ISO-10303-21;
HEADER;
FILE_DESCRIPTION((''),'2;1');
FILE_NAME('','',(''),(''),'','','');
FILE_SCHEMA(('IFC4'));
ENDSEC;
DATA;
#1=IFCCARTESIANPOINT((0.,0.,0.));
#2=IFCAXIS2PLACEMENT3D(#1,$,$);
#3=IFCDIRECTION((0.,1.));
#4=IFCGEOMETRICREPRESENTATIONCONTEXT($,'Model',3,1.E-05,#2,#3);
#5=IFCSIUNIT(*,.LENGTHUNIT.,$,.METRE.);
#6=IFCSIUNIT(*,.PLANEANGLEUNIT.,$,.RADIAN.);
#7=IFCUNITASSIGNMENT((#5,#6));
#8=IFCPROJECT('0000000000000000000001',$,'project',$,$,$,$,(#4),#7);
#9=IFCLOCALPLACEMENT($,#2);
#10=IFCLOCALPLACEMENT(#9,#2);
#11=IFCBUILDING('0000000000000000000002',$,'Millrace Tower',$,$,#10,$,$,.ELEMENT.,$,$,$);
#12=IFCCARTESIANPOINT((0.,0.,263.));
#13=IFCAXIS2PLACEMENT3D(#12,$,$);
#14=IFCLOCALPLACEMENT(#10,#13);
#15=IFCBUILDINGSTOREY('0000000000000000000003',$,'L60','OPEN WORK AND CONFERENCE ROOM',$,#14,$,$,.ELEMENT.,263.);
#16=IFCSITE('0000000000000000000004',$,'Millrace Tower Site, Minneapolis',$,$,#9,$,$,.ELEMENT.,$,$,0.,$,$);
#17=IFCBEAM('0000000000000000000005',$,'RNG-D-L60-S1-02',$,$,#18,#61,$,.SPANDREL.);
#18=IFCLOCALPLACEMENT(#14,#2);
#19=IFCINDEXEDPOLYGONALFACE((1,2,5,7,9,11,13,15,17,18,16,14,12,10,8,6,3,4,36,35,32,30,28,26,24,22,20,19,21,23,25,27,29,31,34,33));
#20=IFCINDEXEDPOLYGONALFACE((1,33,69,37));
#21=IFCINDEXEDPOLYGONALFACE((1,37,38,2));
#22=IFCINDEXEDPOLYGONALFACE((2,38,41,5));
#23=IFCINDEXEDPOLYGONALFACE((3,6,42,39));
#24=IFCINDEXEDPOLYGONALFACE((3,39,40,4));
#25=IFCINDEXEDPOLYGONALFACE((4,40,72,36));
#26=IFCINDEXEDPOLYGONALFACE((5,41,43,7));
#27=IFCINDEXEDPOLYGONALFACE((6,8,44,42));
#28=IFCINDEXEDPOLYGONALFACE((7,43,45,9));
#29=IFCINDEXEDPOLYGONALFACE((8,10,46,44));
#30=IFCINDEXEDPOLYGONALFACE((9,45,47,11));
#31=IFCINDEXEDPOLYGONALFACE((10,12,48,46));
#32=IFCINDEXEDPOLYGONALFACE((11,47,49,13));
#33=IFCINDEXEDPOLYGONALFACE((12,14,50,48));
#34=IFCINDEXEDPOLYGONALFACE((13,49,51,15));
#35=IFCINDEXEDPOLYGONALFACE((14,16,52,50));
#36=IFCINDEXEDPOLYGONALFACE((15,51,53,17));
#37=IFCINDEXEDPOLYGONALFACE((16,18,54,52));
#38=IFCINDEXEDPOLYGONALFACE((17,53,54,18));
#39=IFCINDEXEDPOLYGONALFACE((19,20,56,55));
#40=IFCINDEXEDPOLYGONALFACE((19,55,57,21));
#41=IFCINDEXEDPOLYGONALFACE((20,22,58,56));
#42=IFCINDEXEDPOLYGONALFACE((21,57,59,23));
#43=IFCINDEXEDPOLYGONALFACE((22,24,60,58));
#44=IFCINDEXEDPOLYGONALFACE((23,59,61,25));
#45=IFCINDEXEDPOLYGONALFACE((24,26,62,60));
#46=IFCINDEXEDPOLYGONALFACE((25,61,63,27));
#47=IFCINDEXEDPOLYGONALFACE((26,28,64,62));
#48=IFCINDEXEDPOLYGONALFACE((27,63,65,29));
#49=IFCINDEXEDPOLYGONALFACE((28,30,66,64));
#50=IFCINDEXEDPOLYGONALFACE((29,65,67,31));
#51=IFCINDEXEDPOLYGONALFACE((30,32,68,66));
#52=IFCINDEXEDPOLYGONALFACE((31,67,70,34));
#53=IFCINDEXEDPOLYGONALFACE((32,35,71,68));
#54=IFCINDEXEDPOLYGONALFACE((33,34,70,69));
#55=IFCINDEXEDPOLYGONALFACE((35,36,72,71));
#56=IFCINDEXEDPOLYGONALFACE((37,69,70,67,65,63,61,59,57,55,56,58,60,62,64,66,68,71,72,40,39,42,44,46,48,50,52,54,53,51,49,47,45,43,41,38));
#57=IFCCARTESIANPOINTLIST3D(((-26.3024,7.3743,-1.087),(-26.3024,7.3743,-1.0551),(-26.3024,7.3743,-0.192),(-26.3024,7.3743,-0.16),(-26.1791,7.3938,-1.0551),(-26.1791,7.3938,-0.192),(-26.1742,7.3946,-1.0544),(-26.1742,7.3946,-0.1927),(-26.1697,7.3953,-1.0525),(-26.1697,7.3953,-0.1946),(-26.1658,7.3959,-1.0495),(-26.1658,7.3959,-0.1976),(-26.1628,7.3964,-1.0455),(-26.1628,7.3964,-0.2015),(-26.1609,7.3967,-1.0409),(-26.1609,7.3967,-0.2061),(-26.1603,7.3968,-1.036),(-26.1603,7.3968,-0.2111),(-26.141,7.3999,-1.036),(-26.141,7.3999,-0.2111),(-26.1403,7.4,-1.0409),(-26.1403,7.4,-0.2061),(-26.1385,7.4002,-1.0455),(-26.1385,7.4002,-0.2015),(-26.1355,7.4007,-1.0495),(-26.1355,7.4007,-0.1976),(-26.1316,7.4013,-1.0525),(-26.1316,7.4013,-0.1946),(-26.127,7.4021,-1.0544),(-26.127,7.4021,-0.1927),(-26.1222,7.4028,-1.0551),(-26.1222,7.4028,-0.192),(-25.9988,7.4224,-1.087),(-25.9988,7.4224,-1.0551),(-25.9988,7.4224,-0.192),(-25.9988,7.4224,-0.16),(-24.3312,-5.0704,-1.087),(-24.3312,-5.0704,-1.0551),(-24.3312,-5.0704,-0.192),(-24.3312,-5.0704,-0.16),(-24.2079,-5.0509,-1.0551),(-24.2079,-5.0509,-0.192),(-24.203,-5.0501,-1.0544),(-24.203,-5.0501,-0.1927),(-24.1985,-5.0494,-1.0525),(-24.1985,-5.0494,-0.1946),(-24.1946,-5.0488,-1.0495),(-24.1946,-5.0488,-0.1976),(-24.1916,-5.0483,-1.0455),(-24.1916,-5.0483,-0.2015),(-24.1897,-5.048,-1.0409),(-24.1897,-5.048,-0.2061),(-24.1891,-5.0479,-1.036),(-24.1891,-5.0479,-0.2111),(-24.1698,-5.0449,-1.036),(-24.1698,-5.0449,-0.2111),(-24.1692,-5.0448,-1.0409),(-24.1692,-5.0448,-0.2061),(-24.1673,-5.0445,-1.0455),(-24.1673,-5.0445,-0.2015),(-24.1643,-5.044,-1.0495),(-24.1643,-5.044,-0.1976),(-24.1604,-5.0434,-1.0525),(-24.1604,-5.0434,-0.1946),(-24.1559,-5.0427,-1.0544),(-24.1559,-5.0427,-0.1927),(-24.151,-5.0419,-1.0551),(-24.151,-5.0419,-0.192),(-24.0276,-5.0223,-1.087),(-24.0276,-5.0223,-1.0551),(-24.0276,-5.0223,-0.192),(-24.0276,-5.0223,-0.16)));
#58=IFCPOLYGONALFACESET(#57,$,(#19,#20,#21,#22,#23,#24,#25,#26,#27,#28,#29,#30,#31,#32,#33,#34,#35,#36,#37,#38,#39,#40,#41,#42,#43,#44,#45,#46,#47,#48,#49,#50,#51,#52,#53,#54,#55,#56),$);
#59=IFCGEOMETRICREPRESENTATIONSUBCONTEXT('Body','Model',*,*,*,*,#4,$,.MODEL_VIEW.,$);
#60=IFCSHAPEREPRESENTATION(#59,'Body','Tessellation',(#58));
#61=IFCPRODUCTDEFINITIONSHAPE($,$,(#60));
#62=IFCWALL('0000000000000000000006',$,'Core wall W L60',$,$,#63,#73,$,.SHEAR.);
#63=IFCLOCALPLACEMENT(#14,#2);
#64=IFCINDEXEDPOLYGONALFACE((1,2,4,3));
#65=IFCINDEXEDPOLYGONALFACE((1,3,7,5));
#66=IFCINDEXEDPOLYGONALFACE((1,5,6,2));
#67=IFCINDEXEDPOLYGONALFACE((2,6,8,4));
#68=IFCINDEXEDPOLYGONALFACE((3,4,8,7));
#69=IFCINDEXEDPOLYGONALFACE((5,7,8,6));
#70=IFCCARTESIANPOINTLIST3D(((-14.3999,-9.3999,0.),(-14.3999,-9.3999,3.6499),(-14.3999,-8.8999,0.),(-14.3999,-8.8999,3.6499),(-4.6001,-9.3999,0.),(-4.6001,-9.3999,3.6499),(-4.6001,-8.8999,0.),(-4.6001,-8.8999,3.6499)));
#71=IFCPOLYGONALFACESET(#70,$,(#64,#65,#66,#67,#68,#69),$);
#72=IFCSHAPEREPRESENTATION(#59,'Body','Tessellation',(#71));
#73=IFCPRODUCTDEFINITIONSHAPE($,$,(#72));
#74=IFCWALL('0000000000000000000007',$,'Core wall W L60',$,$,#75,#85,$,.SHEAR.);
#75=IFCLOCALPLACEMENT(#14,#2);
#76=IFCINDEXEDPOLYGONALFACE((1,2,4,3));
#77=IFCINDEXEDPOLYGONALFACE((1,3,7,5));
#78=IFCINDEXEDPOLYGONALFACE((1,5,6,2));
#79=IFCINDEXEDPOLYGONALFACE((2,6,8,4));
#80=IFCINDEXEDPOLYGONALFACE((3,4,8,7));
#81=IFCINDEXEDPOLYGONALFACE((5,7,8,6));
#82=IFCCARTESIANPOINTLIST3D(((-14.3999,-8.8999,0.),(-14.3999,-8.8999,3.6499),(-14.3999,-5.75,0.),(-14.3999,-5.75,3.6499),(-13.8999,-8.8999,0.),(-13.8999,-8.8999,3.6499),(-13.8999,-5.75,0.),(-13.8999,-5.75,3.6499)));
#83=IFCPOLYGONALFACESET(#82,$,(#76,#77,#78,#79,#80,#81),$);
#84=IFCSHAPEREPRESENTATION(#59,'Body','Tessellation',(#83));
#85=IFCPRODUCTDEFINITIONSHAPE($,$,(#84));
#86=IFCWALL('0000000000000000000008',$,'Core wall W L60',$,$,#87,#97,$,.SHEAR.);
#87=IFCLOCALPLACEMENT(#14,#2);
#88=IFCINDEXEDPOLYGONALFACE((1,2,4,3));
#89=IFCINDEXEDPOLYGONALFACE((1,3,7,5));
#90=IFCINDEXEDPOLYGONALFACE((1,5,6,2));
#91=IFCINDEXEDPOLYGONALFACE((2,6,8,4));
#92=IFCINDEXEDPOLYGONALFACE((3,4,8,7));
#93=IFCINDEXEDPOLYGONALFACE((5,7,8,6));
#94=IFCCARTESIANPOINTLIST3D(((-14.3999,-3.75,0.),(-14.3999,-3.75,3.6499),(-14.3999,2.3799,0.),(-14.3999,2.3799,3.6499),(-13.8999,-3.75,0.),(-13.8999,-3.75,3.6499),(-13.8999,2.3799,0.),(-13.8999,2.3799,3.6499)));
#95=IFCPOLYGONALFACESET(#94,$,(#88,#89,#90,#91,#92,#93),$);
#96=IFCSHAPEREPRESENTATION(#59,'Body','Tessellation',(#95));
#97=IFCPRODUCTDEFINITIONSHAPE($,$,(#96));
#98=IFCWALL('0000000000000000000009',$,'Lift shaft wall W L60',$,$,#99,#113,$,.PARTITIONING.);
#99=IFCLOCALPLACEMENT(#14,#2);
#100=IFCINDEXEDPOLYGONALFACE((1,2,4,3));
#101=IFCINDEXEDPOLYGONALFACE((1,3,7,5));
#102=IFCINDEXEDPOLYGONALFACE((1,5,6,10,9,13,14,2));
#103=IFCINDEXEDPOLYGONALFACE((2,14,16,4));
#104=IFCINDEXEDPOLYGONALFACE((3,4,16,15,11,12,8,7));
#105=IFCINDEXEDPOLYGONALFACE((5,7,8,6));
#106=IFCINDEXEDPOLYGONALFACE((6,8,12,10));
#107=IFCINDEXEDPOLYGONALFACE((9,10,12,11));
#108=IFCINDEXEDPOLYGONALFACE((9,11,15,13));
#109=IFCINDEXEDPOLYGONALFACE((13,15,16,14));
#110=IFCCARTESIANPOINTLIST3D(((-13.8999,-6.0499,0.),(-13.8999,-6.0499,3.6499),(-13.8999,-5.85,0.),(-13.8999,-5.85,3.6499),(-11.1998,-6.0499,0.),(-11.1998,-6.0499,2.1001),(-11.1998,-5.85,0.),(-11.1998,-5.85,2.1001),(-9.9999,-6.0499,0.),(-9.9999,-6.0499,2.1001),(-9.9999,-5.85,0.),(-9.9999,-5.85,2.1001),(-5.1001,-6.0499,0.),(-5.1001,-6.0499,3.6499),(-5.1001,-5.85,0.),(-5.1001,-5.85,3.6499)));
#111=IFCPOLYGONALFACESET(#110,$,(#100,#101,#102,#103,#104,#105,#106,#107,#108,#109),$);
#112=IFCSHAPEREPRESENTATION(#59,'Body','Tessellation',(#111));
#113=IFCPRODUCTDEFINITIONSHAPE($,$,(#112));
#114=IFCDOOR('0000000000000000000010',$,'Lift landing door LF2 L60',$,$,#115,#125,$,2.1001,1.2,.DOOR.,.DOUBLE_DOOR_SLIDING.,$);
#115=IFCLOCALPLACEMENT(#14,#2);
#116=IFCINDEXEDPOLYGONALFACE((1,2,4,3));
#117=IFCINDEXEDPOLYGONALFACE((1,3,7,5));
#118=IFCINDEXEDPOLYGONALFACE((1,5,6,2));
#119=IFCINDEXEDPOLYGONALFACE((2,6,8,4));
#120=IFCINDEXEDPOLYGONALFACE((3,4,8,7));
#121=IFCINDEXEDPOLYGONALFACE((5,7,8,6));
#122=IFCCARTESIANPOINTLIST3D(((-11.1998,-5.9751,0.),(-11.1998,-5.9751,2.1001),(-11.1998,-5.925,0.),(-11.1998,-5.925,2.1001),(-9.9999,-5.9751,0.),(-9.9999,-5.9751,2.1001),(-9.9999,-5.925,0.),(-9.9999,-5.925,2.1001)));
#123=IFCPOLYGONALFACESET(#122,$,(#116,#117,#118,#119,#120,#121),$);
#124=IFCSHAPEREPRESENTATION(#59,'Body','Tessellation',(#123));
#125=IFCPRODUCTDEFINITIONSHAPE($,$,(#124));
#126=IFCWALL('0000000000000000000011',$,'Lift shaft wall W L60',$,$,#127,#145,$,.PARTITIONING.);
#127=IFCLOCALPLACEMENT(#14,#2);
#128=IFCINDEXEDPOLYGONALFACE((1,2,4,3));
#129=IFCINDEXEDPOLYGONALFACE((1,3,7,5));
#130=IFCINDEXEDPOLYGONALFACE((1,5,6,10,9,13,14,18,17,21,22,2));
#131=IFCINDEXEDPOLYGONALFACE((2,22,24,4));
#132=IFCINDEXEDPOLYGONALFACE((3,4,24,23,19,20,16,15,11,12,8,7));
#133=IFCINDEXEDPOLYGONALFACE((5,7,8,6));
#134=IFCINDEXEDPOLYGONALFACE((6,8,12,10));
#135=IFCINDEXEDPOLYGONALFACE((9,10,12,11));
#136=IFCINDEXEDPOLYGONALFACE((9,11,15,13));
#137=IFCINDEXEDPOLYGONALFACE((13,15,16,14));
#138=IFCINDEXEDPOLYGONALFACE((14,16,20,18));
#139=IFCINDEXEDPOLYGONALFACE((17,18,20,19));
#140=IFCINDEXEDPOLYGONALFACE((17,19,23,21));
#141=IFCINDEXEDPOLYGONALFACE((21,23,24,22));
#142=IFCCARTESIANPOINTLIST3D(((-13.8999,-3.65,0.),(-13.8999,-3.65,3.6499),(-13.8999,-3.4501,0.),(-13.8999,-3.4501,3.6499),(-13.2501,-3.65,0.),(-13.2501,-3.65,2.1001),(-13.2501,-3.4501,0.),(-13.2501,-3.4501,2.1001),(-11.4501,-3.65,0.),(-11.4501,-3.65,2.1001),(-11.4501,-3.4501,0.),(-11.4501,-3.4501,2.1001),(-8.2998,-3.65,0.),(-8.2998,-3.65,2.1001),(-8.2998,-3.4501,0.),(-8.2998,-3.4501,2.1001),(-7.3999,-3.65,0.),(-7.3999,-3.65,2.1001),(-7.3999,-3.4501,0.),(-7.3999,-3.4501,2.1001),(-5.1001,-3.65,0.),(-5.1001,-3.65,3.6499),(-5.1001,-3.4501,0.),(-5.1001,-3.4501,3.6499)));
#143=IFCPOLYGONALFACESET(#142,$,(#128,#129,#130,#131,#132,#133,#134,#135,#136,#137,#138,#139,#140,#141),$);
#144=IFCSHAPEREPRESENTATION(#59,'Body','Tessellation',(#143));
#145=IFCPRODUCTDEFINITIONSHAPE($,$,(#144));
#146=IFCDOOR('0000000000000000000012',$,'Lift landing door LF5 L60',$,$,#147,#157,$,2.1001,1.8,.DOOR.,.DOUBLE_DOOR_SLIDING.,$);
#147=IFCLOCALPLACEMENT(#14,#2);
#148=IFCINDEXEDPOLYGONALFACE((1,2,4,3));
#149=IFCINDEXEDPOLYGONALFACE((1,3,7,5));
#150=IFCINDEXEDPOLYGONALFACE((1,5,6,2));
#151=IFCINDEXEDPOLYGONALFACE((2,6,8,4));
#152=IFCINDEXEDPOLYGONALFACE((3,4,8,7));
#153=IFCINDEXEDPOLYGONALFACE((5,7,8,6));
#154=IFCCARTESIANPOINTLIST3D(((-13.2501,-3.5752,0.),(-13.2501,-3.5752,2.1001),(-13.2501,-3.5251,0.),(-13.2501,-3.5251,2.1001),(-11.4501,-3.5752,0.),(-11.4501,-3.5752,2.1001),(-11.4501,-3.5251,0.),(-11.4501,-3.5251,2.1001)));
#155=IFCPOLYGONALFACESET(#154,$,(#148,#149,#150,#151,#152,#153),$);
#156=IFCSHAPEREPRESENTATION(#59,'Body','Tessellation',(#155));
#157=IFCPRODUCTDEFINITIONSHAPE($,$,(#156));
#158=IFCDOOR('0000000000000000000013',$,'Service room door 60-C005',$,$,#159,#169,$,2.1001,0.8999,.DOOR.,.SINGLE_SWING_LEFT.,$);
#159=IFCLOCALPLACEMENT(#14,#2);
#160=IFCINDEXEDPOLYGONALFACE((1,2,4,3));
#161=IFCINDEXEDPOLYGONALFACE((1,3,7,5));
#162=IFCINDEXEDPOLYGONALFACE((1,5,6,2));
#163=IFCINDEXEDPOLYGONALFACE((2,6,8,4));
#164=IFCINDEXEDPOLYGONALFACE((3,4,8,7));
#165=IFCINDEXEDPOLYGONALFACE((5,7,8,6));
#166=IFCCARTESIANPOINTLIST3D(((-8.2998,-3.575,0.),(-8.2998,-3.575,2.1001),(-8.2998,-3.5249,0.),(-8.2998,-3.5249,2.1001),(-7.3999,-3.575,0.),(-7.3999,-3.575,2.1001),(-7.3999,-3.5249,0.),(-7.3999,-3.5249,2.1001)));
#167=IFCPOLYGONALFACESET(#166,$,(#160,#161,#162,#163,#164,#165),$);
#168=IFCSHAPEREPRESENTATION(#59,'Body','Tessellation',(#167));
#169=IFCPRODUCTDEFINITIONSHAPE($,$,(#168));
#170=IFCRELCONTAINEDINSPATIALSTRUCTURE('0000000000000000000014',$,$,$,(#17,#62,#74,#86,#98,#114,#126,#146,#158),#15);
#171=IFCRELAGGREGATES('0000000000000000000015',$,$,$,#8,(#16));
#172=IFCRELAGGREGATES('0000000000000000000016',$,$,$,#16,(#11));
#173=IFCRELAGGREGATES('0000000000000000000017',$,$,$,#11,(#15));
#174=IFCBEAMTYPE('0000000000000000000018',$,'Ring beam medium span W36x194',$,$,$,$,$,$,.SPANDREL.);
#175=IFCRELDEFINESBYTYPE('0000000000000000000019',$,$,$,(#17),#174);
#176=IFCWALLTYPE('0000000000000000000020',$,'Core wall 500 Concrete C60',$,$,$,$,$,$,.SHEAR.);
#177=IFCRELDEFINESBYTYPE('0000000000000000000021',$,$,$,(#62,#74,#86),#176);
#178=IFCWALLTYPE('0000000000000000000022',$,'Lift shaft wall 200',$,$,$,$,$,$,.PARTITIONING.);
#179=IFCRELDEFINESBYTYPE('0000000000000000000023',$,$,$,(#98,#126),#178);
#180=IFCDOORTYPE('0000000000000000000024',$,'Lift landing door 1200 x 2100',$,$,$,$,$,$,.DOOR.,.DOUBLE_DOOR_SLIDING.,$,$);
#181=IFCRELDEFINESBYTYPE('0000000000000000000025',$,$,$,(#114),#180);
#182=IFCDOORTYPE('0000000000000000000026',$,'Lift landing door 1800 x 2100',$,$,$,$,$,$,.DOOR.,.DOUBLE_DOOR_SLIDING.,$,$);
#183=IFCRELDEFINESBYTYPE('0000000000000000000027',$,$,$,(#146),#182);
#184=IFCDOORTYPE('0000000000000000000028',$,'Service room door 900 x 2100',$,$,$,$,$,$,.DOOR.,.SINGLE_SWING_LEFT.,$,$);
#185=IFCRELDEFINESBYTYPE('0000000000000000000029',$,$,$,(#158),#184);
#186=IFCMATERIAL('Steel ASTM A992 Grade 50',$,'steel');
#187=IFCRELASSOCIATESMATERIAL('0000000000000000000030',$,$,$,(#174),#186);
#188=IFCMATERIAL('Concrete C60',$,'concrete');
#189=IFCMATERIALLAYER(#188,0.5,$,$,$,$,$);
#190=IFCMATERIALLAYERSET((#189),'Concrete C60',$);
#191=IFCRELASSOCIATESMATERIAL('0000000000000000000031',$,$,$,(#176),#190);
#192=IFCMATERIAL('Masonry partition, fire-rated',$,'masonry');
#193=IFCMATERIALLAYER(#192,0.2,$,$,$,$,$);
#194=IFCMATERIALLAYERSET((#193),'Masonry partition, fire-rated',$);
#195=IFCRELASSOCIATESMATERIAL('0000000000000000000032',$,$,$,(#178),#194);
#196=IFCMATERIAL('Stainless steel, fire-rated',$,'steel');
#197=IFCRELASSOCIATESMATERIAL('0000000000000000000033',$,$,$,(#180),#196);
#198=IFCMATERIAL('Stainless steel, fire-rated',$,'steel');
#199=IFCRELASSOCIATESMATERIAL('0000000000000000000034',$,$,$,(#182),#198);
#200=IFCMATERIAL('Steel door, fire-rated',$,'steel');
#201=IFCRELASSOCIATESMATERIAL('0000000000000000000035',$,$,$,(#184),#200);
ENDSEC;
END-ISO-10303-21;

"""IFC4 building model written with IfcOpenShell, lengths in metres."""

from ifc_helpers import new_model, si_unit, direction, frame, frame_2d, origin, origin_2d, place, context, subcontext, project, spatial, rectangle, i_section, extrude, material, layer, layer_set, material_profile, profile_set, type_object, element, fill, save


model = new_model("IFC4")

# Units and contexts
model_context = context("Model", 3, precision=1e-05, world=origin(), true_north=direction((0.0, 1.0)))
body_context = subcontext(model_context, "Body", "Model", "MODEL_VIEW")
ifc_project = project(units=[si_unit("LENGTHUNIT", "METRE"), si_unit("PLANEANGLEUNIT", "RADIAN")], contexts=[model_context])

# Site, building, storey
site_placement = place(None, origin())
site = spatial("IfcSite", under=ifc_project, at=site_placement, Name="Millrace Tower Site, Minneapolis", CompositionType="ELEMENT", RefElevation=0.0)
building_placement = place(site_placement, origin())
building = spatial("IfcBuilding", under=site, at=building_placement, Name="Millrace Tower", CompositionType="ELEMENT")
storey_placement = place(building_placement, frame((0.0, 0.0, 263.0)))
storey = spatial("IfcBuildingStorey", under=building, at=storey_placement, Name="L60", Description="OPEN WORK AND CONFERENCE ROOM", CompositionType="ELEMENT", Elevation=263.0)

# Beam
ifc_material_1 = material(Name="Steel ASTM A992 Grade 50", Category="steel")
ifc_material_profile_1 = material_profile(ifc_material_1, i_section(OverallWidth=0.3074, OverallDepth=0.927, WebThickness=0.0195, FlangeThickness=0.032, FilletRadius=0.019, at=origin_2d()))
ifc_profile_set_1 = profile_set([ifc_material_profile_1], Name="Steel ASTM A992 Grade 50")
beam_type_1 = type_object("IfcBeamType", Name="Ring beam medium span W36x194", PredefinedType="SPANDREL", material=ifc_profile_set_1)
beam_1_placement = place(storey_placement, frame((-24.1794, -5.0464, -0.6235), z_axis=(-0.156444, 0.987687, 0.0), x_axis=(-0.987687, -0.156444, 0.0)))
element("IfcBeam", 1, at=beam_1_placement, inside=storey, type_object=beam_type_1, Name="RNG-D-L60-S1-02", PredefinedType="SPANDREL", context=body_context, shape_type="SweptSolid", body=[
    extrude(i_section(OverallWidth=0.3074, OverallDepth=0.927, WebThickness=0.0195, FlangeThickness=0.032, FilletRadius=0.019, at=origin_2d()), origin(), (0.0, 0.0, 1.0), 12.5999),
])

# Walls
ifc_material_2 = material(Name="Concrete C60", Category="concrete")
ifc_layer_1 = layer(ifc_material_2, 0.5)
ifc_layer_set_1 = layer_set([ifc_layer_1], Name="Concrete C60")
wall_type_1 = type_object("IfcWallType", Name="Core wall 500 Concrete C60", PredefinedType="SHEAR", material=ifc_layer_set_1)
wall_1_placement = place(storey_placement, frame((-14.3999, -9.1499, 0.0), z_axis=(0.0, 0.0, 1.0), x_axis=(1.0, 0.0, 0.0)))
element("IfcWall", 2, at=wall_1_placement, inside=storey, type_object=wall_type_1, Name="Core wall W L60", PredefinedType="SHEAR", context=body_context, shape_type="SweptSolid", body=[
    extrude(rectangle(XDim=9.7998, YDim=0.5, at=frame_2d((4.8999, 0.0))), origin(), (0.0, 0.0, 1.0), 3.6499),
])
wall_2_placement = place(storey_placement, frame((-14.1499, -8.8999, 0.0), z_axis=(0.0, 0.0, 1.0), x_axis=(0.0, 1.0, 0.0)))
element("IfcWall", 3, at=wall_2_placement, inside=storey, type_object=wall_type_1, Name="Core wall W L60", PredefinedType="SHEAR", context=body_context, shape_type="SweptSolid", body=[
    extrude(rectangle(XDim=3.1499, YDim=0.5, at=frame_2d((1.575, 0.0))), origin(), (0.0, 0.0, 1.0), 3.6499),
])
wall_3_placement = place(storey_placement, frame((-14.1499, -3.75, 0.0), z_axis=(0.0, 0.0, 1.0), x_axis=(0.0, 1.0, 0.0)))
element("IfcWall", 4, at=wall_3_placement, inside=storey, type_object=wall_type_1, Name="Core wall W L60", PredefinedType="SHEAR", context=body_context, shape_type="SweptSolid", body=[
    extrude(rectangle(XDim=6.1299, YDim=0.5, at=frame_2d((3.0649, 0.0))), origin(), (0.0, 0.0, 1.0), 3.6499),
])

# Wall, opening, door
ifc_material_3 = material(Name="Masonry partition, fire-rated", Category="masonry")
ifc_layer_2 = layer(ifc_material_3, 0.2)
ifc_layer_set_2 = layer_set([ifc_layer_2], Name="Masonry partition, fire-rated")
wall_type_2 = type_object("IfcWallType", Name="Lift shaft wall 200", PredefinedType="PARTITIONING", material=ifc_layer_set_2)
wall_4_placement = place(storey_placement, frame((-13.8999, -5.95, 0.0), z_axis=(0.0, 0.0, 1.0), x_axis=(1.0, 0.0, 0.0)))
wall_4 = element("IfcWall", 5, at=wall_4_placement, inside=storey, type_object=wall_type_2, Name="Lift shaft wall W L60", PredefinedType="PARTITIONING", context=body_context, shape_type="SweptSolid", body=[
    extrude(rectangle(XDim=8.7998, YDim=0.2, at=frame_2d((4.3999, 0.0))), origin(), (0.0, 0.0, 1.0), 3.6499),
])
opening_1_placement = place(wall_4_placement, frame((2.7, 0.0, 0.0)))
opening_1 = element("IfcOpeningElement", 6, at=opening_1_placement, cuts=wall_4, PredefinedType="OPENING", context=body_context, shape_type="SweptSolid", body=[
    extrude(rectangle(XDim=1.2, YDim=2.1001, at=frame_2d((0.6001, 1.05))), frame((0.0, 0.1099, 0.0), z_axis=(0.0, -1.0, 0.0), x_axis=(1.0, 0.0, 0.0)), (0.0, 0.0, 1.0), 0.22),
])
ifc_material_4 = material(Name="Stainless steel, fire-rated", Category="steel")
door_type_1 = type_object("IfcDoorType", Name="Lift landing door 1200 x 2100", OperationType="DOUBLE_DOOR_SLIDING", PredefinedType="DOOR", material=ifc_material_4)
door_1_placement = place(opening_1_placement, origin())
door_1 = element("IfcDoor", 7, at=door_1_placement, inside=storey, type_object=door_type_1, Name="Lift landing door LF2 L60", OperationType="DOUBLE_DOOR_SLIDING", OverallHeight=2.1001, OverallWidth=1.2, PredefinedType="DOOR", context=body_context, shape_type="SweptSolid", body=[
    extrude(rectangle(XDim=1.2, YDim=2.1001, at=frame_2d((0.6001, 1.05))), frame((0.0, 0.0249, 0.0), z_axis=(0.0, -1.0, 0.0), x_axis=(1.0, 0.0, 0.0)), (0.0, 0.0, 1.0), 0.05),
])
fill(opening_1, door_1)

# Wall, openings, doors
wall_5_placement = place(storey_placement, frame((-13.8999, -3.55, 0.0), z_axis=(0.0, 0.0, 1.0), x_axis=(1.0, 0.0, 0.0)))
wall_5 = element("IfcWall", 8, at=wall_5_placement, inside=storey, type_object=wall_type_2, Name="Lift shaft wall W L60", PredefinedType="PARTITIONING", context=body_context, shape_type="SweptSolid", body=[
    extrude(rectangle(XDim=8.7998, YDim=0.2, at=frame_2d((4.3999, 0.0))), origin(), (0.0, 0.0, 1.0), 3.6499),
])
opening_2_placement = place(wall_5_placement, frame((0.6499, 0.0, 0.0)))
opening_2 = element("IfcOpeningElement", 9, at=opening_2_placement, cuts=wall_5, PredefinedType="OPENING", context=body_context, shape_type="SweptSolid", body=[
    extrude(rectangle(XDim=1.8, YDim=2.1001, at=frame_2d((0.8999, 1.05))), frame((0.0, 0.1099, 0.0), z_axis=(0.0, -1.0, 0.0), x_axis=(1.0, 0.0, 0.0)), (0.0, 0.0, 1.0), 0.22),
])
opening_3_placement = place(wall_5_placement, frame((5.6001, 0.0, 0.0)))
opening_3 = element("IfcOpeningElement", 10, at=opening_3_placement, cuts=wall_5, PredefinedType="OPENING", context=body_context, shape_type="SweptSolid", body=[
    extrude(rectangle(XDim=0.8999, YDim=2.1001, at=frame_2d((0.45, 1.05))), frame((0.0, 0.1099, 0.0), z_axis=(0.0, -1.0, 0.0), x_axis=(1.0, 0.0, 0.0)), (0.0, 0.0, 1.0), 0.22),
])
ifc_material_5 = material(Name="Stainless steel, fire-rated", Category="steel")
door_type_2 = type_object("IfcDoorType", Name="Lift landing door 1800 x 2100", OperationType="DOUBLE_DOOR_SLIDING", PredefinedType="DOOR", material=ifc_material_5)
door_2_placement = place(opening_2_placement, origin())
door_2 = element("IfcDoor", 11, at=door_2_placement, inside=storey, type_object=door_type_2, Name="Lift landing door LF5 L60", OperationType="DOUBLE_DOOR_SLIDING", OverallHeight=2.1001, OverallWidth=1.8, PredefinedType="DOOR", context=body_context, shape_type="SweptSolid", body=[
    extrude(rectangle(XDim=1.8, YDim=2.1001, at=frame_2d((0.8999, 1.05))), frame((0.0, 0.0249, 0.0), z_axis=(0.0, -1.0, 0.0), x_axis=(1.0, 0.0, 0.0)), (0.0, 0.0, 1.0), 0.05),
])
fill(opening_2, door_2)
ifc_material_6 = material(Name="Steel door, fire-rated", Category="steel")
door_type_3 = type_object("IfcDoorType", Name="Service room door 900 x 2100", OperationType="SINGLE_SWING_LEFT", PredefinedType="DOOR", material=ifc_material_6)
door_3_placement = place(opening_3_placement, frame((0.8999, 0.0, 0.0), z_axis=(0.0, 0.0, 1.0), x_axis=(-1.0, 0.0, 0.0)))
door_3 = element("IfcDoor", 12, at=door_3_placement, inside=storey, type_object=door_type_3, Name="Service room door 60-C005", OperationType="SINGLE_SWING_LEFT", OverallHeight=2.1001, OverallWidth=0.8999, PredefinedType="DOOR", context=body_context, shape_type="SweptSolid", body=[
    extrude(rectangle(XDim=0.8999, YDim=2.1001, at=frame_2d((0.45, 1.05))), frame((0.0, 0.0249, 0.0), z_axis=(0.0, -1.0, 0.0), x_axis=(1.0, 0.0, 0.0)), (0.0, 0.0, 1.0), 0.05),
])
fill(opening_3, door_3)

save(model, "model.ifc")
